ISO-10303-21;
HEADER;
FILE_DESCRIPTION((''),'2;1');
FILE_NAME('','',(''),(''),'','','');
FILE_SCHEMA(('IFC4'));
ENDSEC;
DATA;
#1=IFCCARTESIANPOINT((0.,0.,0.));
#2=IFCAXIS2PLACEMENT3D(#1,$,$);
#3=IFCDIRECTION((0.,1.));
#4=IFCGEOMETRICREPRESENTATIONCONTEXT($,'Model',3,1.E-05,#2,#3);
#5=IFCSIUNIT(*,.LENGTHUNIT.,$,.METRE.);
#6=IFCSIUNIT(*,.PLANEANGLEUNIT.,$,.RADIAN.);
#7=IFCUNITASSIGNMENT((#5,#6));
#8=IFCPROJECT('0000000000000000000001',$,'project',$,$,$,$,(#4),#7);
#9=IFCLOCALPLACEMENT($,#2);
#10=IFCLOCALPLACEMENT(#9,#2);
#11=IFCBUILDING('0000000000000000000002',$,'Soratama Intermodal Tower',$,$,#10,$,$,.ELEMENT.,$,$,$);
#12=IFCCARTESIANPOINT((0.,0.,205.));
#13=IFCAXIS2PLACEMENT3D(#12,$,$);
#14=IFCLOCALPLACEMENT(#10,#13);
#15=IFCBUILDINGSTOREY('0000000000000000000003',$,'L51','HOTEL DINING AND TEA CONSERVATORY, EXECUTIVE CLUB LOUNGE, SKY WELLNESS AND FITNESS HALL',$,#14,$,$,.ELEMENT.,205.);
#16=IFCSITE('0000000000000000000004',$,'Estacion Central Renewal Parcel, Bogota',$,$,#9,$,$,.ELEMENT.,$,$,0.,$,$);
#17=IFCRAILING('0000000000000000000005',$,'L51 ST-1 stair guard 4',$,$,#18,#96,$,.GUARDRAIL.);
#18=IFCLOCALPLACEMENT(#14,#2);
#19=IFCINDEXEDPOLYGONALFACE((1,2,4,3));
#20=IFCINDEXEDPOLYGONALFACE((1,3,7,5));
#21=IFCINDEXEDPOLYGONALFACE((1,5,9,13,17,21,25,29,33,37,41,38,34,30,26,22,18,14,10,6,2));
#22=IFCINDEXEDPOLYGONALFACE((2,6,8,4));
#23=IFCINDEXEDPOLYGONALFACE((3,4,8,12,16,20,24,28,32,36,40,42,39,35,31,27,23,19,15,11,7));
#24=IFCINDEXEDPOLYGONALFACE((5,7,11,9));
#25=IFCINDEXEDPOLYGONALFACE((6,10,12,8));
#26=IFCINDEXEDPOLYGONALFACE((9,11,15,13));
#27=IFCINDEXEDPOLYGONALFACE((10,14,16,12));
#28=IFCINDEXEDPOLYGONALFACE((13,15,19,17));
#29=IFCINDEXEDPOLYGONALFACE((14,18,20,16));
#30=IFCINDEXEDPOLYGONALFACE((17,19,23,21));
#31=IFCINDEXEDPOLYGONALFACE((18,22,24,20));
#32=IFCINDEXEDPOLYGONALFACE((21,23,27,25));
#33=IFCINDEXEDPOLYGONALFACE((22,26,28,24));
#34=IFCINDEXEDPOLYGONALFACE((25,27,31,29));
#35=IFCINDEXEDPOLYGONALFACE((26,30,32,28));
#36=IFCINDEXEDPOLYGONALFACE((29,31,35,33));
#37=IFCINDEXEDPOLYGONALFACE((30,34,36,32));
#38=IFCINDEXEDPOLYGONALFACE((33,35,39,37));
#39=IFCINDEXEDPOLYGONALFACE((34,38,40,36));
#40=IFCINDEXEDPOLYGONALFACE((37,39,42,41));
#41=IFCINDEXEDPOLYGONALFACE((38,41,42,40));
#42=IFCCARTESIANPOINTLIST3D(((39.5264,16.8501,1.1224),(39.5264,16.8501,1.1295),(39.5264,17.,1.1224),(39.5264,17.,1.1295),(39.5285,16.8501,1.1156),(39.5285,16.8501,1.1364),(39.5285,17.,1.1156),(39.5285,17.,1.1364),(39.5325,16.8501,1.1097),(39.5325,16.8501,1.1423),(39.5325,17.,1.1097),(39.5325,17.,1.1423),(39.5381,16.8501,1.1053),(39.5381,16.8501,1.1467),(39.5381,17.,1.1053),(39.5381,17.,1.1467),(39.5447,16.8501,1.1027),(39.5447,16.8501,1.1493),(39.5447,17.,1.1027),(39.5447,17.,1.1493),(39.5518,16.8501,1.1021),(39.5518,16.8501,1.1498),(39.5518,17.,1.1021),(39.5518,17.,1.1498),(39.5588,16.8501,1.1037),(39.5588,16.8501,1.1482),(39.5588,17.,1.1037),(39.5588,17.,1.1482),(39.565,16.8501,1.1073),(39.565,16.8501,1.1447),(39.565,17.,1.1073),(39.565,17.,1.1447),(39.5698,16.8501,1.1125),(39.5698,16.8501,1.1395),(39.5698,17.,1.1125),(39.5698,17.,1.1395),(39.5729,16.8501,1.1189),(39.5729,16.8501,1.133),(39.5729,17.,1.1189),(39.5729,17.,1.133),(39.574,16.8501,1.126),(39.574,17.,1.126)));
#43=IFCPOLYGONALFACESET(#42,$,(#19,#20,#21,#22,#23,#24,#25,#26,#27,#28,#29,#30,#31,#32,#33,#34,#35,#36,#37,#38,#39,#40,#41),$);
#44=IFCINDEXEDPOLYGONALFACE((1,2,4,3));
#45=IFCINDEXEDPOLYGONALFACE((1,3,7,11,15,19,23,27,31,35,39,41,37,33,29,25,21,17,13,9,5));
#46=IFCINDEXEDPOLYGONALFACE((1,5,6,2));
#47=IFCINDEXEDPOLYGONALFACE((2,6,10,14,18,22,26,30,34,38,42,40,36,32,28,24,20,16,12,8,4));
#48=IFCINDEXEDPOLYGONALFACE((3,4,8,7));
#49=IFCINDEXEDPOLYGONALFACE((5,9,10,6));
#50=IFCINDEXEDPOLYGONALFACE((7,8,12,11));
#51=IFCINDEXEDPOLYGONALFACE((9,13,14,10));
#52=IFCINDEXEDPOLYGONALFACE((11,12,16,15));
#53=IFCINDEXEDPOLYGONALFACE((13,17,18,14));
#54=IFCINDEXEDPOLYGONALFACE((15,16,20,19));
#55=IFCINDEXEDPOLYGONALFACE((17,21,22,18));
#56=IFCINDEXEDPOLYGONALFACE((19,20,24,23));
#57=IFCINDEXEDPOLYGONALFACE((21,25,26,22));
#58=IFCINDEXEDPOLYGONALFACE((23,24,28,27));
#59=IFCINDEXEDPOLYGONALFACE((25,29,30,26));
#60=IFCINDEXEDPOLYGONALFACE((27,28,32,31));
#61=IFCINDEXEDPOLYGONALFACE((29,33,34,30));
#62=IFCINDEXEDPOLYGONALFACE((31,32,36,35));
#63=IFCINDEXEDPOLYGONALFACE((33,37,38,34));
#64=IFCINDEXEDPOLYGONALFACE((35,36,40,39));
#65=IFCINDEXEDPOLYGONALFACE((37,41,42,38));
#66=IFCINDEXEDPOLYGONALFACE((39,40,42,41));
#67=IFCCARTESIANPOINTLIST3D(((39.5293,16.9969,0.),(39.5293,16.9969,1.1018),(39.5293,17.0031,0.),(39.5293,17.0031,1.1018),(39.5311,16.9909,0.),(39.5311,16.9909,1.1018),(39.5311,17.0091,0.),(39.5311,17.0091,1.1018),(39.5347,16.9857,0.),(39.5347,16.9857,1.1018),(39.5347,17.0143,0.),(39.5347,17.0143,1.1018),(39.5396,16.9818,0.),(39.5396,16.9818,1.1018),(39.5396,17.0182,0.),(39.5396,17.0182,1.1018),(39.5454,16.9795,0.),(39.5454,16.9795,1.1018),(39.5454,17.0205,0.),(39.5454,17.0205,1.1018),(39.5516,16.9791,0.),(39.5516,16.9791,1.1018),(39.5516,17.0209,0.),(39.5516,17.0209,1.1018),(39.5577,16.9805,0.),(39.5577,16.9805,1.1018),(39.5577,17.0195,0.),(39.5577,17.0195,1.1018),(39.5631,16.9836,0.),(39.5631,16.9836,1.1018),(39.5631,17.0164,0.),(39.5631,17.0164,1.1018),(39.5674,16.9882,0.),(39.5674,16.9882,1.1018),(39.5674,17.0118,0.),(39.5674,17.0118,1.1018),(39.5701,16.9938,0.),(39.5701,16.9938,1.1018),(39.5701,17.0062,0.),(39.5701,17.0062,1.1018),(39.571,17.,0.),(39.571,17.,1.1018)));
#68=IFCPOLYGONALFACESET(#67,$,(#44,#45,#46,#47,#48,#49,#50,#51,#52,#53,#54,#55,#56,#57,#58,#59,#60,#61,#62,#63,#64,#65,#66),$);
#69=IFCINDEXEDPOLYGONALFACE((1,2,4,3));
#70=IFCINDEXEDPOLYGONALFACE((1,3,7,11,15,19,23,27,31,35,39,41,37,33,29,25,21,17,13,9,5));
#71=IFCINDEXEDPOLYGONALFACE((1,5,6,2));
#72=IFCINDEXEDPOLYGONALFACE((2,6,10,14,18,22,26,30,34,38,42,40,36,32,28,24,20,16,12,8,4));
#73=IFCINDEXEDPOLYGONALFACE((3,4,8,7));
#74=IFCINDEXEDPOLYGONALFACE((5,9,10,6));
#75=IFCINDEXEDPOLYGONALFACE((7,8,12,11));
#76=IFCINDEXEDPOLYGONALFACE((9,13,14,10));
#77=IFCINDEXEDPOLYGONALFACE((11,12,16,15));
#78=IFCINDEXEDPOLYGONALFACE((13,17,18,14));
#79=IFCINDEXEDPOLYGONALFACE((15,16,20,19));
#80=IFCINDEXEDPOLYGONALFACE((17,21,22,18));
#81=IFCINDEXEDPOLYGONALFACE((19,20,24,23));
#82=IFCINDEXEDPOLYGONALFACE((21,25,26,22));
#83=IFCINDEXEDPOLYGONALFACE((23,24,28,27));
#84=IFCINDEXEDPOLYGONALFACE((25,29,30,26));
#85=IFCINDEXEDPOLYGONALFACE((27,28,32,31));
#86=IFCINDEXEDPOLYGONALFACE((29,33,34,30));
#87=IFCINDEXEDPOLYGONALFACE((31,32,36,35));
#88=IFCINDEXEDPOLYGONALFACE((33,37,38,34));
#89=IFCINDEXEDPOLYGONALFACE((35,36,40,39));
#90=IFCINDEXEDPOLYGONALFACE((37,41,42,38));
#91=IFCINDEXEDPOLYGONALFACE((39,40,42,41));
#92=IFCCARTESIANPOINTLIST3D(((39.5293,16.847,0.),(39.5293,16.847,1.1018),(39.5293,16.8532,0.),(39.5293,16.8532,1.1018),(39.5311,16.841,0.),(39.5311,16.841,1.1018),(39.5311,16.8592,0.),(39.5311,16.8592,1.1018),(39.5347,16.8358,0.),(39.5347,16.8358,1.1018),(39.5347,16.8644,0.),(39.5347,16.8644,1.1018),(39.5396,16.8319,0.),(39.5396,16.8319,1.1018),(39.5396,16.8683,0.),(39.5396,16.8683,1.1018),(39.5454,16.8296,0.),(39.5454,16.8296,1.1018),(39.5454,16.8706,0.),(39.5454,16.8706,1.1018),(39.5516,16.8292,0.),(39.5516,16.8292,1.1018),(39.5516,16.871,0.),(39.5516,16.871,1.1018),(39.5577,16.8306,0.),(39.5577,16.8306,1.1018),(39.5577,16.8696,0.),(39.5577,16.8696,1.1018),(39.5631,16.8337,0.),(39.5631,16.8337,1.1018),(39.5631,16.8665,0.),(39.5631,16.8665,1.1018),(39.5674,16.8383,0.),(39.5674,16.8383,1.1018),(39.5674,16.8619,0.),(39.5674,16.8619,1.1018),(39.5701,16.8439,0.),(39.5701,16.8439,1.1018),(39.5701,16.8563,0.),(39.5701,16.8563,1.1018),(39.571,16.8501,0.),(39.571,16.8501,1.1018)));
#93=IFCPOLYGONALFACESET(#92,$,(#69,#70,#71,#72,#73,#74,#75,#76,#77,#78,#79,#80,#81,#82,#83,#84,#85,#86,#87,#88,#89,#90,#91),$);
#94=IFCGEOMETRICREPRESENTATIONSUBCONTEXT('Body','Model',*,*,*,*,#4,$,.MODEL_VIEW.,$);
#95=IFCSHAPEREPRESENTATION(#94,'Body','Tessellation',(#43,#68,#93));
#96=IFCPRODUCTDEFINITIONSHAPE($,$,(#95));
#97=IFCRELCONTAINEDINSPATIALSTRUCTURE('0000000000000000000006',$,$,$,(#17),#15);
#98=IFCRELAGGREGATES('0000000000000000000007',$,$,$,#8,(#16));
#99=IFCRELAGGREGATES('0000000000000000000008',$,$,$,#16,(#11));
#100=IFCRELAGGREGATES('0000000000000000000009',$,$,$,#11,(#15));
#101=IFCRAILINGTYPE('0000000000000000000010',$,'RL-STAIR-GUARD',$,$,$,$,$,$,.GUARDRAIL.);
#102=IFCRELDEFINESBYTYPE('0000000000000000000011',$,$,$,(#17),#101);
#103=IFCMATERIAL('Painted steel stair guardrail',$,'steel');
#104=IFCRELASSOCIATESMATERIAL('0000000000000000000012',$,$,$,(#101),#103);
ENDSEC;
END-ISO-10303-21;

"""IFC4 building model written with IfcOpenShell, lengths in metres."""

from ifc_helpers import new_model, si_unit, direction, frame, origin, origin_2d, place, context, subcontext, project, spatial, circle, extrude, material, type_object, element, save


model = new_model("IFC4")

# Units and contexts
model_context = context("Model", 3, precision=1e-05, world=origin(), true_north=direction((0.0, 1.0)))
body_context = subcontext(model_context, "Body", "Model", "MODEL_VIEW")
ifc_project = project(units=[si_unit("LENGTHUNIT", "METRE"), si_unit("PLANEANGLEUNIT", "RADIAN")], contexts=[model_context])

# Site, building, storey
site_placement = place(None, origin())
site = spatial("IfcSite", under=ifc_project, at=site_placement, Name="Estacion Central Renewal Parcel, Bogota", CompositionType="ELEMENT", RefElevation=0.0)
building_placement = place(site_placement, origin())
building = spatial("IfcBuilding", under=site, at=building_placement, Name="Soratama Intermodal Tower", CompositionType="ELEMENT")
storey_placement = place(building_placement, frame((0.0, 0.0, 205.0)))
storey = spatial("IfcBuildingStorey", under=building, at=storey_placement, Name="L51", Description="HOTEL DINING AND TEA CONSERVATORY, EXECUTIVE CLUB LOUNGE, SKY WELLNESS AND FITNESS HALL", CompositionType="ELEMENT", Elevation=205.0)

# Railing
ifc_material_1 = material(Name="Painted steel stair guardrail", Category="steel")
railing_type = type_object("IfcRailingType", Name="RL-STAIR-GUARD", PredefinedType="GUARDRAIL", material=ifc_material_1)
railing_placement = place(storey_placement, frame((39.55, 17.0, 0.0)))
element("IfcRailing", 1, at=railing_placement, inside=storey, type_object=railing_type, Name="L51 ST-1 stair guard 4", PredefinedType="GUARDRAIL", context=body_context, shape_type="SweptSolid", body=[
    extrude(circle(Radius=0.0239, at=origin_2d()), frame((0.0, 0.0, 1.126), z_axis=(0.0, -1.0, 0.0), x_axis=(1.0, 0.0, 0.0)), (0.0, 0.0, 1.0), 0.1499),
    extrude(circle(Radius=0.021, at=origin_2d()), origin(), (0.0, 0.0, 1.0), 1.1018),
    extrude(circle(Radius=0.021, at=origin_2d()), frame((0.0, -0.1499, 0.0)), (0.0, 0.0, 1.0), 1.1018),
])

save(model, "model.ifc")
